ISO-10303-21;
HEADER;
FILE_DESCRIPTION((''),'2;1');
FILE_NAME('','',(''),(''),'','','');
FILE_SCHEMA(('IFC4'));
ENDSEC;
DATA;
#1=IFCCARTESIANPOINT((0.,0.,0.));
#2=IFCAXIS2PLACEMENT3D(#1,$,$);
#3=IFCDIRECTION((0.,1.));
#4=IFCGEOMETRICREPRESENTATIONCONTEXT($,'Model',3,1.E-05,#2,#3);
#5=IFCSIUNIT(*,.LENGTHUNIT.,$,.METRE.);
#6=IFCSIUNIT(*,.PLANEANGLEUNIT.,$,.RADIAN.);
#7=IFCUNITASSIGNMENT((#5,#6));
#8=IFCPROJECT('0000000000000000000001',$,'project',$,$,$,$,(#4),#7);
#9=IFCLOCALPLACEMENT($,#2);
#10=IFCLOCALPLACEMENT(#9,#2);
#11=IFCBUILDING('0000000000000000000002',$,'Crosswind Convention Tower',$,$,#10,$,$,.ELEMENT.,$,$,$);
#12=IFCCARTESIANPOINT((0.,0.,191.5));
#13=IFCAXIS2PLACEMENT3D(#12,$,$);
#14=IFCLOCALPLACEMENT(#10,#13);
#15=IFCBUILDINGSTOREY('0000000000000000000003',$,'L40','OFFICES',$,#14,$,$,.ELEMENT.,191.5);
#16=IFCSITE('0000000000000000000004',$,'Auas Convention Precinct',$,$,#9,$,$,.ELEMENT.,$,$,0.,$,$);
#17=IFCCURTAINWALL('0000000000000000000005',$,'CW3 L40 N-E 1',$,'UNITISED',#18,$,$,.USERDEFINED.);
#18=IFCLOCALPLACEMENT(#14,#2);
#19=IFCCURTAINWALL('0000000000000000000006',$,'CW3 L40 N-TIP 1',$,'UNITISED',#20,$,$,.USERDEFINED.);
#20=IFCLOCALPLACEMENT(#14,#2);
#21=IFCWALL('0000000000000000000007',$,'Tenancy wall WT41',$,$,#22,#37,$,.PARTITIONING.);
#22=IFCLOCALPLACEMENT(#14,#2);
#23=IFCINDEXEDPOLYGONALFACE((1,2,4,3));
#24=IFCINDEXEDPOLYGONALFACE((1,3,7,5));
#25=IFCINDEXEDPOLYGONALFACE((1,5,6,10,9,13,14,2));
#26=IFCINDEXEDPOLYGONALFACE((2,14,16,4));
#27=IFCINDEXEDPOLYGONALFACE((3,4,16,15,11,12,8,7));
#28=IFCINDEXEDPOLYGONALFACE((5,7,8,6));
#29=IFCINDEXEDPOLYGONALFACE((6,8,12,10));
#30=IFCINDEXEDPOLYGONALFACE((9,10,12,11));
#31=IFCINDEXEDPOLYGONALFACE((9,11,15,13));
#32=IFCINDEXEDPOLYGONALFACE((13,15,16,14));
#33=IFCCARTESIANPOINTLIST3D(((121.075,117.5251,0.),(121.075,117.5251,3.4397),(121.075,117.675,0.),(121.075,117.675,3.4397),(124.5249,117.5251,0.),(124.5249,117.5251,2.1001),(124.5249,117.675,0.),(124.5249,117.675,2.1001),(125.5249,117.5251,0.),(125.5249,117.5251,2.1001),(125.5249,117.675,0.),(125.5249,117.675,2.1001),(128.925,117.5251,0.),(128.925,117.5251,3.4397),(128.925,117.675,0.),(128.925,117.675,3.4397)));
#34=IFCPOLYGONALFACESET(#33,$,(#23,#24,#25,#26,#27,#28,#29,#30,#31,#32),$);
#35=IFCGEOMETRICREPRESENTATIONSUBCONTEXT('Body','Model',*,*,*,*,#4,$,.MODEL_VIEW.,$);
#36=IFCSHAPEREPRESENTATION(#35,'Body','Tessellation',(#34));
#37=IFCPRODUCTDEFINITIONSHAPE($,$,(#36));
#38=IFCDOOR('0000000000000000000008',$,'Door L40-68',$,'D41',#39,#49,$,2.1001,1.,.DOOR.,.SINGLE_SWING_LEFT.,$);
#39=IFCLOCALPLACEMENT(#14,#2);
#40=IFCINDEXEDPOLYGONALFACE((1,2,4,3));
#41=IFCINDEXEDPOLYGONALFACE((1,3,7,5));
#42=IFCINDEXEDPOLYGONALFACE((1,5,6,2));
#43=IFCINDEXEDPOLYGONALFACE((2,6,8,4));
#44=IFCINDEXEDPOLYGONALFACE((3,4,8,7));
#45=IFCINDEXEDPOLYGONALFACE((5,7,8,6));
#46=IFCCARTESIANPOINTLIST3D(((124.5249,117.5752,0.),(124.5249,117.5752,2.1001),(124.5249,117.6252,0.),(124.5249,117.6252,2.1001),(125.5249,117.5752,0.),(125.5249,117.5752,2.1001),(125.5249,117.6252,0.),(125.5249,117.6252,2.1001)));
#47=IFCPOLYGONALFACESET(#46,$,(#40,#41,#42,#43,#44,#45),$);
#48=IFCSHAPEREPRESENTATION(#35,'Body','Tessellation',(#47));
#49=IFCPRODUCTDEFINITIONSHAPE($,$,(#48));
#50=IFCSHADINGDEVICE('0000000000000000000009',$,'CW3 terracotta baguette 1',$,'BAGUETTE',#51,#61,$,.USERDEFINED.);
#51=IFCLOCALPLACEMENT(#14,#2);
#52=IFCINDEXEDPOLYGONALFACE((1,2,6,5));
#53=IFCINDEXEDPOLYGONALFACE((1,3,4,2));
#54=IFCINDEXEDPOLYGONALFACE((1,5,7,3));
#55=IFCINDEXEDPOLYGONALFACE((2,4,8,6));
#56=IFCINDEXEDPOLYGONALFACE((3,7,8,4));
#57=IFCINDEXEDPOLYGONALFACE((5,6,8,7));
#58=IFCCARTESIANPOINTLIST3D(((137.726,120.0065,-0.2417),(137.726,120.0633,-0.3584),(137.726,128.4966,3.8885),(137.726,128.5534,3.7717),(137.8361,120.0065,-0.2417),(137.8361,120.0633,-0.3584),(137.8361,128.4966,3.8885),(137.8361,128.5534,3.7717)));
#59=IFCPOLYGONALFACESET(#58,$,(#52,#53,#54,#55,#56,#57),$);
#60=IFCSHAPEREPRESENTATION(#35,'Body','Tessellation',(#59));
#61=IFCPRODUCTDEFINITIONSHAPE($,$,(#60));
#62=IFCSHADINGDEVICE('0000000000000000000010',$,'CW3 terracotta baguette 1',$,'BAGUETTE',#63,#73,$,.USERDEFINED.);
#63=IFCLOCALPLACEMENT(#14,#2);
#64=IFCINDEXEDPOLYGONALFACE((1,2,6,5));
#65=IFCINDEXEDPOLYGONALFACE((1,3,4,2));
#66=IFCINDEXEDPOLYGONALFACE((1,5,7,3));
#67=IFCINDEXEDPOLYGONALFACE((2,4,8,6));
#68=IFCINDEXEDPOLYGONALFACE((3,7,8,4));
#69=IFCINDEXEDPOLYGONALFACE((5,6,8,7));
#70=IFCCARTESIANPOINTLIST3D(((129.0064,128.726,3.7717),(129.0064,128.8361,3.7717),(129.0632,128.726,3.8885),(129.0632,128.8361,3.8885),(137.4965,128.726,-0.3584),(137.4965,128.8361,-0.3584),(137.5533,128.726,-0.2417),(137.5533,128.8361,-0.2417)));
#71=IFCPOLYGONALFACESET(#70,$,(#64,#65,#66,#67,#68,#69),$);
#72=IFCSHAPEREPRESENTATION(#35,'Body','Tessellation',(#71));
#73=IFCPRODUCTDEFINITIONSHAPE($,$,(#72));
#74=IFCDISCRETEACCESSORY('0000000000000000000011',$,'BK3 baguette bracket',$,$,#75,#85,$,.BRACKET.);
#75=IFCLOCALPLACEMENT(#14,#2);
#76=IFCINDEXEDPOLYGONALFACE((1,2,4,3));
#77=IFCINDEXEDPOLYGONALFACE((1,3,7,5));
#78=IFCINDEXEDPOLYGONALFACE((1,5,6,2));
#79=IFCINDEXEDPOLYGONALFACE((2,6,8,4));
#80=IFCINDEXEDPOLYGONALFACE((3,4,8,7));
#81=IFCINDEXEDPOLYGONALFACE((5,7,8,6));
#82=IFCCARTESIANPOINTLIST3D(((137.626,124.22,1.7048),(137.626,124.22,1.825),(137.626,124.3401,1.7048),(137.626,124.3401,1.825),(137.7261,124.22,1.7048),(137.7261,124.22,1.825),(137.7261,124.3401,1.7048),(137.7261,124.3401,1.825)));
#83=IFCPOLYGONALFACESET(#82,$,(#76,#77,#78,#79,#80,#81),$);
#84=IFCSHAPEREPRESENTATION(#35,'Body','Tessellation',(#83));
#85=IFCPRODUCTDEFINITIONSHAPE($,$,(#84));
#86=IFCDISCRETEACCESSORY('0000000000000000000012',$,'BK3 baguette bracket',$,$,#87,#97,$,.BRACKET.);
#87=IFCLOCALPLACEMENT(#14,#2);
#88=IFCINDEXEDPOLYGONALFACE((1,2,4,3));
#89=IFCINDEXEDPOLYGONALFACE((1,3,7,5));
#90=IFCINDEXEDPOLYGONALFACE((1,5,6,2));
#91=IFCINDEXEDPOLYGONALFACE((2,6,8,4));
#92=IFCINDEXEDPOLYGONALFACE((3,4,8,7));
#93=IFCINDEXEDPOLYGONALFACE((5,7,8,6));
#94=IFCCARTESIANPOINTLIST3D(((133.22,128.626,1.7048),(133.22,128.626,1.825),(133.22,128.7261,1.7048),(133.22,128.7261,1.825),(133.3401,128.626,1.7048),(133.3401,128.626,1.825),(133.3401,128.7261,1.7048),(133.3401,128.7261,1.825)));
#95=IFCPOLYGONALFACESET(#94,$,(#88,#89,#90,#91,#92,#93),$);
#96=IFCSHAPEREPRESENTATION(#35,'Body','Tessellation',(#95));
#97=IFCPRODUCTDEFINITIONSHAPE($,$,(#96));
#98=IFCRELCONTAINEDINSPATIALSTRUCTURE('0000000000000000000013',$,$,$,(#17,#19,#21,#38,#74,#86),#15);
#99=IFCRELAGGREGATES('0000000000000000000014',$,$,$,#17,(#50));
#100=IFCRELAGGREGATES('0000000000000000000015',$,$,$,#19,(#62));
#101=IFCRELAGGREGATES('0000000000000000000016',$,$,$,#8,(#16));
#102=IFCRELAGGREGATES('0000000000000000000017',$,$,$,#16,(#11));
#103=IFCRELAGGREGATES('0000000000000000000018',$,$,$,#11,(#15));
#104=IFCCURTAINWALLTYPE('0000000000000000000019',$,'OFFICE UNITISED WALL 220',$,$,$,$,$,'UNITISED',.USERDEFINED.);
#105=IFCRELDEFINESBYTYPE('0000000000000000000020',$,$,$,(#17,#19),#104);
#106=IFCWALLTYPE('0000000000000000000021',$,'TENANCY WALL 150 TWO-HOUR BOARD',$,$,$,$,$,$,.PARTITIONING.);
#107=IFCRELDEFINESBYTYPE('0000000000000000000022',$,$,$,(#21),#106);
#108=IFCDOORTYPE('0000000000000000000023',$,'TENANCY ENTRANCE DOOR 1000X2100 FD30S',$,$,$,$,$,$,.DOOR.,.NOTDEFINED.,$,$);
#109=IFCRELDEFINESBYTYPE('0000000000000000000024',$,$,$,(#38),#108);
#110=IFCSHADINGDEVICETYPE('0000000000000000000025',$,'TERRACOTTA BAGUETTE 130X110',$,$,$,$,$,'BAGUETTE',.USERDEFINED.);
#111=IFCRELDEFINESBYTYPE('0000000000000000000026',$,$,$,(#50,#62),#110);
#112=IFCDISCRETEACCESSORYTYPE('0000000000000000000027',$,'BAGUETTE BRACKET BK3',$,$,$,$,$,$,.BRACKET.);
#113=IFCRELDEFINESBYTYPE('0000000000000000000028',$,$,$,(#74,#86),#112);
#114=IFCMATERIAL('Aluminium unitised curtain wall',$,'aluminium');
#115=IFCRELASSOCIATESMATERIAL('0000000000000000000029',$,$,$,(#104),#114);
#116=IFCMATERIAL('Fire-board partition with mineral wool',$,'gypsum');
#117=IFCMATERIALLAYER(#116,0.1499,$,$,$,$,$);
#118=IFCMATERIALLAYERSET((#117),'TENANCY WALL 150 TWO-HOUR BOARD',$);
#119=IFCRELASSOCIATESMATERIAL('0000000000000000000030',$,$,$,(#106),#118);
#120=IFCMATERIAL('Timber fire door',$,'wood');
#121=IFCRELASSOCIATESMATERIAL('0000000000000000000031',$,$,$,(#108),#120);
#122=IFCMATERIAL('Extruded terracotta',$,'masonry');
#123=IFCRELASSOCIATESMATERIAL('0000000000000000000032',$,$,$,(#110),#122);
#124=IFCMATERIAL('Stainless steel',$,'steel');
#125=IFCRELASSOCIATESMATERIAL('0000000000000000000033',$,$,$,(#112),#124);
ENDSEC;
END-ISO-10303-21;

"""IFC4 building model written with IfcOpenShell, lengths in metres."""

from ifc_helpers import new_model, si_unit, direction, frame, frame_2d, origin, origin_2d, place, context, subcontext, project, spatial, rectangle, extrude, material, layer, layer_set, material_profile, profile_set, type_object, element, fill, aggregate, save


model = new_model("IFC4")

# Units and contexts
model_context = context("Model", 3, precision=1e-05, world=origin(), true_north=direction((0.0, 1.0)))
body_context = subcontext(model_context, "Body", "Model", "MODEL_VIEW")
ifc_project = project(units=[si_unit("LENGTHUNIT", "METRE"), si_unit("PLANEANGLEUNIT", "RADIAN")], contexts=[model_context])

# Site, building, storey
site_placement = place(None, origin())
site = spatial("IfcSite", under=ifc_project, at=site_placement, Name="Auas Convention Precinct", CompositionType="ELEMENT", RefElevation=0.0)
building_placement = place(site_placement, origin())
building = spatial("IfcBuilding", under=site, at=building_placement, Name="Crosswind Convention Tower", CompositionType="ELEMENT")
storey_placement = place(building_placement, frame((0.0, 0.0, 191.5)))
storey = spatial("IfcBuildingStorey", under=building, at=storey_placement, Name="L40", Description="OFFICES", CompositionType="ELEMENT", Elevation=191.5)

# Shared definitions
ifc_material_1 = material(Name="Aluminium unitised curtain wall", Category="aluminium")

# Curtain wall
curtain_wall_type_1 = type_object("IfcCurtainWallType", Name="OFFICE UNITISED WALL 220", ElementType="UNITISED", PredefinedType="USERDEFINED", material=ifc_material_1)
curtain_wall_1_placement = place(storey_placement, origin())
curtain_wall_1 = element("IfcCurtainWall", 1, at=curtain_wall_1_placement, inside=storey, type_object=curtain_wall_type_1, Name="CW3 L40 N-E 1", ObjectType="UNITISED", PredefinedType="USERDEFINED")

# Curtain wall
curtain_wall_2_placement = place(storey_placement, origin())
curtain_wall_2 = element("IfcCurtainWall", 2, at=curtain_wall_2_placement, inside=storey, type_object=curtain_wall_type_1, Name="CW3 L40 N-TIP 1", ObjectType="UNITISED", PredefinedType="USERDEFINED")

# Wall, opening, door
ifc_material_2 = material(Name="Fire-board partition with mineral wool", Category="gypsum")
ifc_layer_1 = layer(ifc_material_2, 0.1499)
ifc_layer_set_1 = layer_set([ifc_layer_1], Name="TENANCY WALL 150 TWO-HOUR BOARD")
wall_type_1 = type_object("IfcWallType", Name="TENANCY WALL 150 TWO-HOUR BOARD", PredefinedType="PARTITIONING", material=ifc_layer_set_1)
wall_1_placement = place(storey_placement, frame((121.075, 117.6001, 0.0), z_axis=(0.0, 0.0, 1.0), x_axis=(1.0, 0.0, 0.0)))
wall_1 = element("IfcWall", 3, at=wall_1_placement, inside=storey, type_object=wall_type_1, Name="Tenancy wall WT41", PredefinedType="PARTITIONING", context=body_context, shape_type="SweptSolid", body=[
    extrude(rectangle(XDim=7.8501, YDim=0.1499, at=frame_2d((3.925, 0.0))), origin(), (0.0, 0.0, 1.0), 3.4397),
])
opening_placement = place(wall_1_placement, frame((3.45, 0.0, 0.0)))
opening = element("IfcOpeningElement", 4, at=opening_placement, cuts=wall_1, PredefinedType="OPENING", context=body_context, shape_type="SweptSolid", body=[
    extrude(rectangle(XDim=1.0, YDim=2.1001, at=frame_2d((0.5, 1.05))), frame((0.0, 0.085, 0.0), z_axis=(0.0, -1.0, 0.0), x_axis=(1.0, 0.0, 0.0)), (0.0, 0.0, 1.0), 0.1699),
])
ifc_material_3 = material(Name="Timber fire door", Category="wood")
door_type = type_object("IfcDoorType", Name="TENANCY ENTRANCE DOOR 1000X2100 FD30S", OperationType="NOTDEFINED", PredefinedType="DOOR", material=ifc_material_3)
door_placement = place(opening_placement, frame((1.0, 0.0, 0.0), z_axis=(0.0, 0.0, 1.0), x_axis=(-1.0, 0.0, 0.0)))
door = element("IfcDoor", 5, at=door_placement, inside=storey, type_object=door_type, Name="Door L40-68", ObjectType="D41", OperationType="SINGLE_SWING_LEFT", OverallHeight=2.1001, OverallWidth=1.0, PredefinedType="DOOR", context=body_context, shape_type="SweptSolid", body=[
    extrude(rectangle(XDim=1.0, YDim=2.1001, at=frame_2d((0.5, 1.05))), frame((0.0, 0.0249, 0.0), z_axis=(0.0, -1.0, 0.0), x_axis=(1.0, 0.0, 0.0)), (0.0, 0.0, 1.0), 0.05),
])
fill(opening, door)

# Shading devices
ifc_material_4 = material(Name="Extruded terracotta", Category="masonry")
ifc_material_profile_1 = material_profile(ifc_material_4, rectangle(XDim=0.1101, YDim=0.1299, at=origin_2d()), Name="TC 110X130")
ifc_profile_set_1 = profile_set([ifc_material_profile_1], Name="Extruded terracotta")
shading_device_type = type_object("IfcShadingDeviceType", Name="TERRACOTTA BAGUETTE 130X110", ElementType="BAGUETTE", PredefinedType="USERDEFINED", material=ifc_profile_set_1)
shading_device_1_placement = place(storey_placement, frame((137.781, 120.0349, -0.3), z_axis=(0.0, 0.899241, 0.437454), x_axis=(-1.0, 0.0, 0.0)))
shading_device_1 = element("IfcShadingDevice", 6, at=shading_device_1_placement, type_object=shading_device_type, Name="CW3 terracotta baguette 1", ObjectType="BAGUETTE", PredefinedType="USERDEFINED", context=body_context, shape_type="SweptSolid", body=[
    extrude(rectangle(XDim=0.1101, YDim=0.1299, at=origin_2d()), origin(), (0.0, 0.0, 1.0), 9.4414),
])
aggregate(curtain_wall_1, [shading_device_1])
shading_device_2_placement = place(storey_placement, frame((137.5249, 128.781, -0.3), z_axis=(-0.899241, 0.0, 0.437454), x_axis=(0.0, -1.0, 0.0)))
shading_device_2 = element("IfcShadingDevice", 7, at=shading_device_2_placement, type_object=shading_device_type, Name="CW3 terracotta baguette 1", ObjectType="BAGUETTE", PredefinedType="USERDEFINED", context=body_context, shape_type="SweptSolid", body=[
    extrude(rectangle(XDim=0.1101, YDim=0.1299, at=origin_2d()), origin(), (0.0, 0.0, 1.0), 9.4414),
])
aggregate(curtain_wall_2, [shading_device_2])

# Discrete accessories
ifc_material_5 = material(Name="Stainless steel", Category="steel")
discrete_accessory_type = type_object("IfcDiscreteAccessoryType", Name="BAGUETTE BRACKET BK3", PredefinedType="BRACKET", material=ifc_material_5)
for number, where, z_axis, x_axis, name in (
    (8, (137.676, 124.28, 1.7048), (0.0, 0.0, 1.0), (0.0, 1.0, 0.0), "BK3 baguette bracket"),
    (9, (133.28, 128.676, 1.7048), (0.0, 0.0, 1.0), (-1.0, 0.0, 0.0), "BK3 baguette bracket"),
):
    element("IfcDiscreteAccessory", number, at=place(storey_placement, frame(where, z_axis=z_axis, x_axis=x_axis)), inside=storey, type_object=discrete_accessory_type, Name=name, PredefinedType="BRACKET", context=body_context, shape_type="SweptSolid", body=[
        extrude(rectangle(XDim=0.1201, YDim=0.1001, at=origin_2d()), origin(), (0.0, 0.0, 1.0), 0.1201),
    ])

save(model, "model.ifc")
